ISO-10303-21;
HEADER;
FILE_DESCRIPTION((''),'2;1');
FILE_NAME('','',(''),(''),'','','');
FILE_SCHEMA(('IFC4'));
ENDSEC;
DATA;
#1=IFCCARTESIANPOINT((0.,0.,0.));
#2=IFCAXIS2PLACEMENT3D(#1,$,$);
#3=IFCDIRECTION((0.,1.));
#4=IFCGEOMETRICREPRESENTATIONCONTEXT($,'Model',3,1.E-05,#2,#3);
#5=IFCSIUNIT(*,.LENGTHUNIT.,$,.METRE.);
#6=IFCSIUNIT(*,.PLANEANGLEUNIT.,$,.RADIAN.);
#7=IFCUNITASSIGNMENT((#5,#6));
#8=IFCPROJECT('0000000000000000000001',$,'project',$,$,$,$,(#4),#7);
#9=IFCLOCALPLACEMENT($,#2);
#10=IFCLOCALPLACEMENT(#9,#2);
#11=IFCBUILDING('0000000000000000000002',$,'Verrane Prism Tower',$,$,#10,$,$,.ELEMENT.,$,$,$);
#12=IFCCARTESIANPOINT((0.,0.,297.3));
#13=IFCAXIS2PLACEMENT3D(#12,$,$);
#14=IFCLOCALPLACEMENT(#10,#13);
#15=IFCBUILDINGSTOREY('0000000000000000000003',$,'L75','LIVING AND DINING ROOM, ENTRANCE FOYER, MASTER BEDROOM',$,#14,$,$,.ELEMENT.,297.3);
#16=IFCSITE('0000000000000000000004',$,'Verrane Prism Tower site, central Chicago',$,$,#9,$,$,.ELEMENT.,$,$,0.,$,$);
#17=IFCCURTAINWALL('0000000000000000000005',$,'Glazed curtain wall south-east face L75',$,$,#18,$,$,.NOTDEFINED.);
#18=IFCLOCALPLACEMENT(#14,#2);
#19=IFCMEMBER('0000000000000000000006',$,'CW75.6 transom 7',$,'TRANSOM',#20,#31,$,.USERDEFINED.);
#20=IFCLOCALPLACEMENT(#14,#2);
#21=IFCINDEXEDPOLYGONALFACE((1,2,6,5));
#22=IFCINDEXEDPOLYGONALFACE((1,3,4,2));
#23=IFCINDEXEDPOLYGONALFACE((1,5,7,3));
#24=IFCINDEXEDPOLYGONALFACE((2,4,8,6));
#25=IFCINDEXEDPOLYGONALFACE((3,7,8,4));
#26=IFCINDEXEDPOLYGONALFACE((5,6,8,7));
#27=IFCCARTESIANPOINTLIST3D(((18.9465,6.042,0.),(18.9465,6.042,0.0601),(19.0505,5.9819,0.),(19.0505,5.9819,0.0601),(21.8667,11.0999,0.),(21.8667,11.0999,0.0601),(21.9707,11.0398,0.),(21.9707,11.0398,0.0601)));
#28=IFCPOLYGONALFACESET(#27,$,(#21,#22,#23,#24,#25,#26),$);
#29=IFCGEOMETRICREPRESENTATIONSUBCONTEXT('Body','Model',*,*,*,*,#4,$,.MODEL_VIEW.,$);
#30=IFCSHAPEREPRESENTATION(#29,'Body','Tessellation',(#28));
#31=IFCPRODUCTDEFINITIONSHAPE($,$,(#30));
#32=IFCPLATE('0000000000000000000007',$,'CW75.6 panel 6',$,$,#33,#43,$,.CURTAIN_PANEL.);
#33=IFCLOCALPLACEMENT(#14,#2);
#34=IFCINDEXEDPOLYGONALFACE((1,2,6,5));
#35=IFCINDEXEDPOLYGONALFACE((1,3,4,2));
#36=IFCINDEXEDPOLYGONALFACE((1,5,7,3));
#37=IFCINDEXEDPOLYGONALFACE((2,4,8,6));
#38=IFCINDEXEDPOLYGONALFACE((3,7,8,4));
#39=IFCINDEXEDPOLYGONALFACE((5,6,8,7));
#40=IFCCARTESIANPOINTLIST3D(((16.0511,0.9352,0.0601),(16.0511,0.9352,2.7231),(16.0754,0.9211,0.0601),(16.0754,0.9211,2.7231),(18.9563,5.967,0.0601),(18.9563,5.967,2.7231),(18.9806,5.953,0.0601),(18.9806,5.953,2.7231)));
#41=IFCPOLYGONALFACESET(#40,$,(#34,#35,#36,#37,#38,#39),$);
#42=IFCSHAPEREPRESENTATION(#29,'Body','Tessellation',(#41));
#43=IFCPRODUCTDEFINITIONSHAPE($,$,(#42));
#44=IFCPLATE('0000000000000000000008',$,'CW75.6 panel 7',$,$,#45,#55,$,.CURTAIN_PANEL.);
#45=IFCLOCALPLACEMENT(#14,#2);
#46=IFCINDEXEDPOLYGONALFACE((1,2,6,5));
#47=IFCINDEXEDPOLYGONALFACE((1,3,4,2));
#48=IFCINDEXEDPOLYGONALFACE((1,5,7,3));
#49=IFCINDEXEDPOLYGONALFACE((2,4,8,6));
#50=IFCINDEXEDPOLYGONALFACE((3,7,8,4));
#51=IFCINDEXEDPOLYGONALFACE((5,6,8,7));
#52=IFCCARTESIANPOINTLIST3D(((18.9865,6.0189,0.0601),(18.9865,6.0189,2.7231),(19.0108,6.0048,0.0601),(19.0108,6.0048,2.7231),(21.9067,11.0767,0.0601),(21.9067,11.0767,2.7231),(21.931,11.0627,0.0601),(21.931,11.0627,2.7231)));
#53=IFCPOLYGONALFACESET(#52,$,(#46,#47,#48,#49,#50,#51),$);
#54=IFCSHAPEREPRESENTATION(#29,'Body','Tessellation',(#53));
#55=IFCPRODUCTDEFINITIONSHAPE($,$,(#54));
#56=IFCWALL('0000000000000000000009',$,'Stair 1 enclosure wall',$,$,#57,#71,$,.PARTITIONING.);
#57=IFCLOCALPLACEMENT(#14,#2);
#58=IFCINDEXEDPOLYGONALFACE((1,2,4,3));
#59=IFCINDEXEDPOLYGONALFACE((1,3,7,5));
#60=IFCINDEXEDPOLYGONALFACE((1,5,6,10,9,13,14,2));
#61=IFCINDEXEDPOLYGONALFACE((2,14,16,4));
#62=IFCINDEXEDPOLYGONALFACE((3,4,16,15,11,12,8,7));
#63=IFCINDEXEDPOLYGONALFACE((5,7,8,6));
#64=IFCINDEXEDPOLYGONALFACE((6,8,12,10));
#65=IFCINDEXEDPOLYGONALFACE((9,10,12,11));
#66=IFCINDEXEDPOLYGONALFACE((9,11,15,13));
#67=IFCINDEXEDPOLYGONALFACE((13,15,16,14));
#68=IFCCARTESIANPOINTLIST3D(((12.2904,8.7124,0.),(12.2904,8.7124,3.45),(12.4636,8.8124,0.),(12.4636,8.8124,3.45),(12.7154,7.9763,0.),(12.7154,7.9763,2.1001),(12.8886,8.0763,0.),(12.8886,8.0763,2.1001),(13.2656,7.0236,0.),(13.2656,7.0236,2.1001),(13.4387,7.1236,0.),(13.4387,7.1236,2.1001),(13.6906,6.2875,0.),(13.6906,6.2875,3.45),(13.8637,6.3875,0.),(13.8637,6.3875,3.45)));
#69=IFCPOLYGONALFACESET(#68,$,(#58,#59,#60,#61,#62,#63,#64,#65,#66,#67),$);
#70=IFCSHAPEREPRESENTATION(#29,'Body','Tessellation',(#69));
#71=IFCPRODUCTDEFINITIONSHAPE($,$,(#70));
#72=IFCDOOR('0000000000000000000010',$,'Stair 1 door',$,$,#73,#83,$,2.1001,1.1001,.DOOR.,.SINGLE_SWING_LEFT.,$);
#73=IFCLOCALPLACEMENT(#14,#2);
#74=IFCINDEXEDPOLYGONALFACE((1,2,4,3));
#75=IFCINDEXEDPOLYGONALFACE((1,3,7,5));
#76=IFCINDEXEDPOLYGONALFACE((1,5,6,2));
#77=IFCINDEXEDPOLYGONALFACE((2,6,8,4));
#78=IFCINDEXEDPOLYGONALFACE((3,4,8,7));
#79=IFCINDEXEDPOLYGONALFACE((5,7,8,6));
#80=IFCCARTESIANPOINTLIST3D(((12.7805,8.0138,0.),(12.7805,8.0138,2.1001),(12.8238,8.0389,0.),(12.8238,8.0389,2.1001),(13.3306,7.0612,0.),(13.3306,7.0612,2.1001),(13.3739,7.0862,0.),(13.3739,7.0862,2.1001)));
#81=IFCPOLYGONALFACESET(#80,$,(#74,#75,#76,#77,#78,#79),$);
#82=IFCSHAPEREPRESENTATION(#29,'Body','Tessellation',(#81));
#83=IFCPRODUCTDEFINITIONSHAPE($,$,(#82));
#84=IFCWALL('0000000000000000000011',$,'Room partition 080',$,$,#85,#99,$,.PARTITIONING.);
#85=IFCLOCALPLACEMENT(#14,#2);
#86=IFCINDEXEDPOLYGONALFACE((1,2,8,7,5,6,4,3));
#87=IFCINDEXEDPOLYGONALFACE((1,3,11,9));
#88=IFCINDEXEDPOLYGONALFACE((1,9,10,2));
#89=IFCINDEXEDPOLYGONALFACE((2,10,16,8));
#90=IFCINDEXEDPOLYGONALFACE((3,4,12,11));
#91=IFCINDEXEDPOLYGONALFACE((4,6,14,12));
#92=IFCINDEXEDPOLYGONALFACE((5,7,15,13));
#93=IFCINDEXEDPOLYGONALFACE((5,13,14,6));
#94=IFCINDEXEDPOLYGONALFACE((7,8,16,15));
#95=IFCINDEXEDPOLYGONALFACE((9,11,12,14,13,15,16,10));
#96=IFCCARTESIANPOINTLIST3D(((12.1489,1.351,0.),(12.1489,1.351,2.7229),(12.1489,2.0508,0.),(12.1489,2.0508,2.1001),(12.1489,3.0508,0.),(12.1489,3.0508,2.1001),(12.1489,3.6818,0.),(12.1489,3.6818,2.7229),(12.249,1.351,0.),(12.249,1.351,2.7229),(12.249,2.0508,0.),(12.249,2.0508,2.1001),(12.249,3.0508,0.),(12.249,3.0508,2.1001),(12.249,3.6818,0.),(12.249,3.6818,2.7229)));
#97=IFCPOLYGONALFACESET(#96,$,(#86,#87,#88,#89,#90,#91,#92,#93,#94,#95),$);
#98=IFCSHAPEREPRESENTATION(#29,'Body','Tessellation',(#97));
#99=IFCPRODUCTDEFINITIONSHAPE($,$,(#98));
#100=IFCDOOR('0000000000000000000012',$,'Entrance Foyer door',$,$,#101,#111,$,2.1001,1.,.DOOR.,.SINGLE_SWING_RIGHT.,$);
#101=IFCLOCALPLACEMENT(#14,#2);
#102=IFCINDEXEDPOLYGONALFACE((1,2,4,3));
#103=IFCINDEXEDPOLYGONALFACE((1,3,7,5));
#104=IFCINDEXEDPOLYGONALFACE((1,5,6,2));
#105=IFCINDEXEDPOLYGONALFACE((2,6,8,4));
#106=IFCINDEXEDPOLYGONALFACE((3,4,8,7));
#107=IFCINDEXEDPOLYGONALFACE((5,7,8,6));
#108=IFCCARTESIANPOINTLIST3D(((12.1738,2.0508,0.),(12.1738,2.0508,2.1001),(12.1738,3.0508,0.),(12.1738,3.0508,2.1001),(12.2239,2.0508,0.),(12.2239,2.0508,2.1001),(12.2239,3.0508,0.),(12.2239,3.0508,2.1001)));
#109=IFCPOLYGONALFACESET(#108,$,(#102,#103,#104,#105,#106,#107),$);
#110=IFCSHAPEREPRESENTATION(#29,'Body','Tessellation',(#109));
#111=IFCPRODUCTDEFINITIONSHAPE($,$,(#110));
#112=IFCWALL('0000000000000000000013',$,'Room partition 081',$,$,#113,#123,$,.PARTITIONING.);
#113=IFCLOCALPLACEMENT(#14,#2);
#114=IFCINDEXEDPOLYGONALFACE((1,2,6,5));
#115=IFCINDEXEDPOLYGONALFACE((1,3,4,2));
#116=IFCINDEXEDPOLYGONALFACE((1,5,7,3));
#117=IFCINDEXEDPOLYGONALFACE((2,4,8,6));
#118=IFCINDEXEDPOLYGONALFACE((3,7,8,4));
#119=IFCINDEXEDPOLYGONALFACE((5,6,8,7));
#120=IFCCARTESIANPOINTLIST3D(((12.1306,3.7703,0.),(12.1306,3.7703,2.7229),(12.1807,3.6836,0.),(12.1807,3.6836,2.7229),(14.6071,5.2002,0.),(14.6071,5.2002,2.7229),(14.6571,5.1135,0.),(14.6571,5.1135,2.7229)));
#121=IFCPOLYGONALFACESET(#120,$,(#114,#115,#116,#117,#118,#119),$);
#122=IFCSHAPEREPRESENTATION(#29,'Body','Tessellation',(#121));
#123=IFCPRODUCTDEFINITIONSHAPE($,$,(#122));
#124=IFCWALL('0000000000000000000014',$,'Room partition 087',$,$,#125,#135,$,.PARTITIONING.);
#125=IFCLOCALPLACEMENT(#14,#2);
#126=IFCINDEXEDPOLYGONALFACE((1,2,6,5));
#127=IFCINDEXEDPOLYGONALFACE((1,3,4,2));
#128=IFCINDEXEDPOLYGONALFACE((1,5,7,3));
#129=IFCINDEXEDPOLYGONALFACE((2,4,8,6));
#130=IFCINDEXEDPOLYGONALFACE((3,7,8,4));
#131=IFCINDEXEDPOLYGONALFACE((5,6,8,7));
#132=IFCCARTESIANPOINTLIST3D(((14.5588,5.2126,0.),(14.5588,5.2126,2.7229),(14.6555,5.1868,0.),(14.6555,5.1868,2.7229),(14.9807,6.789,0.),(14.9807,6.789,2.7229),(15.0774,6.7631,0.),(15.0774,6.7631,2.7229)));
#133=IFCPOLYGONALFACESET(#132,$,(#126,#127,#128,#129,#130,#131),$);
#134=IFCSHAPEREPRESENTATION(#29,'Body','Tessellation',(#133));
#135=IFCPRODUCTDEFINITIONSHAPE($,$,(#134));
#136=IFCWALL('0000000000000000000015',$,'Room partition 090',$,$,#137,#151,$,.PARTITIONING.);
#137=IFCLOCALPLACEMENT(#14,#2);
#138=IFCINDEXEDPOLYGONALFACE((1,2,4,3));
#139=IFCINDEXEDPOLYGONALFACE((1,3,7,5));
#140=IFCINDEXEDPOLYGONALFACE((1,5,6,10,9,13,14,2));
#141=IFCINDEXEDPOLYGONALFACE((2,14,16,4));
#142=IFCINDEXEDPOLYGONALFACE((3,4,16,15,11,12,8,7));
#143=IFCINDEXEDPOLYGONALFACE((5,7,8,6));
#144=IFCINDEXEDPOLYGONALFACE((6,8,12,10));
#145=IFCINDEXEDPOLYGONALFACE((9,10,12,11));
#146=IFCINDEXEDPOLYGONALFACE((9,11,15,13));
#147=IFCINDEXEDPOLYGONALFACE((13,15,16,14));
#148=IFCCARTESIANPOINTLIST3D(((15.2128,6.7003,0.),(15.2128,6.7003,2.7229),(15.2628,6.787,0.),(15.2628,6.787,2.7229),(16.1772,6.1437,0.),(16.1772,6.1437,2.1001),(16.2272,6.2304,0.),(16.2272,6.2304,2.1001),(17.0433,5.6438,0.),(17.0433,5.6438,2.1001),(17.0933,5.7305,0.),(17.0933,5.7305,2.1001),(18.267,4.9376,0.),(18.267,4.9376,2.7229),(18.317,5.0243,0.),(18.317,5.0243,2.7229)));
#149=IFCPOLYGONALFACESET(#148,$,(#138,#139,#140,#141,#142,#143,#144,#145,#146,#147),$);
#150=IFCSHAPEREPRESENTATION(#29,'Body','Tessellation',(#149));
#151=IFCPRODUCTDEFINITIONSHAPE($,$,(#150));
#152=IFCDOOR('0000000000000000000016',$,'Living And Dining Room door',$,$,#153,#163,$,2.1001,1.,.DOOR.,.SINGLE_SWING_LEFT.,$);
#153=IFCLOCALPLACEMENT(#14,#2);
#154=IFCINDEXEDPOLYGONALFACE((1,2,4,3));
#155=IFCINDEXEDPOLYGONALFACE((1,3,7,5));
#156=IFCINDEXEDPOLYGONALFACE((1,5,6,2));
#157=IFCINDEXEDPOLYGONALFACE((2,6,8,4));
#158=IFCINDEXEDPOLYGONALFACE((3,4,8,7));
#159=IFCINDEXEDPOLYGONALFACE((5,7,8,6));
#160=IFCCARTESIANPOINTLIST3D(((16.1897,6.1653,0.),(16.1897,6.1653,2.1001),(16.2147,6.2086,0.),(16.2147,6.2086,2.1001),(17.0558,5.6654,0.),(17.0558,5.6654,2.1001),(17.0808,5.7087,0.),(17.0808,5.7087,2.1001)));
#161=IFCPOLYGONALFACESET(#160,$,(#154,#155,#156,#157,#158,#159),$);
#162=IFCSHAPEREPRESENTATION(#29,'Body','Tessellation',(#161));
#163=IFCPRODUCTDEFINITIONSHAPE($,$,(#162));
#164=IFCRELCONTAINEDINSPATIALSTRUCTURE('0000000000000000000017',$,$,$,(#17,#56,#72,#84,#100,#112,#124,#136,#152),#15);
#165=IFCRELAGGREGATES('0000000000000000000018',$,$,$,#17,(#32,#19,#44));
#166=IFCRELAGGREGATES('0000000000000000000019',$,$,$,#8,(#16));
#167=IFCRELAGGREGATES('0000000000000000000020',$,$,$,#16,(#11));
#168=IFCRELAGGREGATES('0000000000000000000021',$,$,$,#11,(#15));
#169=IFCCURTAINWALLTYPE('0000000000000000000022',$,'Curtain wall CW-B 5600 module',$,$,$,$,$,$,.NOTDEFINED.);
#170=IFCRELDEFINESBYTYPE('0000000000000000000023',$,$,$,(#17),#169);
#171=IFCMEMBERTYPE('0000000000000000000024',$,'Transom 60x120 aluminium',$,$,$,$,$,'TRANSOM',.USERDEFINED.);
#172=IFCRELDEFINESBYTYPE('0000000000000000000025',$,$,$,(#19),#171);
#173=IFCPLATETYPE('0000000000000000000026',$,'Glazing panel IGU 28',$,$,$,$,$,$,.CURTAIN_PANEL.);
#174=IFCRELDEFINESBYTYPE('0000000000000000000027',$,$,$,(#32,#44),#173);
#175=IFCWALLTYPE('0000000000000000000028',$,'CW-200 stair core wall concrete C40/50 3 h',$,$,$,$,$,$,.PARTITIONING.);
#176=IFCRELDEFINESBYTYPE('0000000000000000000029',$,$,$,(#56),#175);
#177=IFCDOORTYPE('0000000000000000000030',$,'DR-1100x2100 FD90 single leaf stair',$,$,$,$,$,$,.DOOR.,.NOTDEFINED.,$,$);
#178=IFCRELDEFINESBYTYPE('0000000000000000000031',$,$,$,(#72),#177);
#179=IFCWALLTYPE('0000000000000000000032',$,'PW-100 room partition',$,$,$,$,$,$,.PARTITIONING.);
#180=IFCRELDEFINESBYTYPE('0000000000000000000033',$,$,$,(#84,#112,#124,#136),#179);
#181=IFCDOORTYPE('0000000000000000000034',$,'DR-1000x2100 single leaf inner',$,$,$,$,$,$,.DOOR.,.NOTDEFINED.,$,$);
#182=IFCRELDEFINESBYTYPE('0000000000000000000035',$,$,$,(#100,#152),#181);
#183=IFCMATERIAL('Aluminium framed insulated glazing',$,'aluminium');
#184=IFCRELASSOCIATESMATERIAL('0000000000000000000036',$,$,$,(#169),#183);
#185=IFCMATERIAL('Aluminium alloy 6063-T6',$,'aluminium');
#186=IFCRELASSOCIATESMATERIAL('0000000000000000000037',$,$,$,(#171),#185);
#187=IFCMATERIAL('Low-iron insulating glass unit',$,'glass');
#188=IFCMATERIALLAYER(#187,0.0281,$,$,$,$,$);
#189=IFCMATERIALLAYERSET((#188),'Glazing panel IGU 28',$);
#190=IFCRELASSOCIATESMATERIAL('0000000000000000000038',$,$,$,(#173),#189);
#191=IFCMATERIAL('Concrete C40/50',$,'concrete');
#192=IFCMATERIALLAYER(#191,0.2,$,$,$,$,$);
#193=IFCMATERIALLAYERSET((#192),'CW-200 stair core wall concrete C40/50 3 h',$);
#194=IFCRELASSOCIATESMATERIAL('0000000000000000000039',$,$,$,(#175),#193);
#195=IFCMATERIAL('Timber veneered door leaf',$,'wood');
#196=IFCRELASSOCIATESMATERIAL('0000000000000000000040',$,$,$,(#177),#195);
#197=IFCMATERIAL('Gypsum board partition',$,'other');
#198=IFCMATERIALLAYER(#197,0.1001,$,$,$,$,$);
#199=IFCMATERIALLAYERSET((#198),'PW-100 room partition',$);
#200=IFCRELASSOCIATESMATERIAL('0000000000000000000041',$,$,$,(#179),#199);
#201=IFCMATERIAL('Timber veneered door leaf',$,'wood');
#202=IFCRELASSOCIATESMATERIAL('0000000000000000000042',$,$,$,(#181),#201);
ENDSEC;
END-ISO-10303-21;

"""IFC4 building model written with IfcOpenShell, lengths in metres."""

from ifc_helpers import new_model, si_unit, direction, frame, frame_2d, origin, origin_2d, place, context, subcontext, project, spatial, rectangle, extrude, material, layer, layer_set, material_profile, profile_set, type_object, element, fill, aggregate, save


model = new_model("IFC4")

# Units and contexts
model_context = context("Model", 3, precision=1e-05, world=origin(), true_north=direction((0.0, 1.0)))
body_context = subcontext(model_context, "Body", "Model", "MODEL_VIEW")
ifc_project = project(units=[si_unit("LENGTHUNIT", "METRE"), si_unit("PLANEANGLEUNIT", "RADIAN")], contexts=[model_context])

# Site, building, storey
site_placement = place(None, origin())
site = spatial("IfcSite", under=ifc_project, at=site_placement, Name="Verrane Prism Tower site, central Chicago", CompositionType="ELEMENT", RefElevation=0.0)
building_placement = place(site_placement, origin())
building = spatial("IfcBuilding", under=site, at=building_placement, Name="Verrane Prism Tower", CompositionType="ELEMENT")
storey_placement = place(building_placement, frame((0.0, 0.0, 297.3)))
storey = spatial("IfcBuildingStorey", under=building, at=storey_placement, Name="L75", Description="LIVING AND DINING ROOM, ENTRANCE FOYER, MASTER BEDROOM", CompositionType="ELEMENT", Elevation=297.3)

# Curtain wall
ifc_material_1 = material(Name="Aluminium framed insulated glazing", Category="aluminium")
curtain_wall_type = type_object("IfcCurtainWallType", Name="Curtain wall CW-B 5600 module", PredefinedType="NOTDEFINED", material=ifc_material_1)
curtain_wall_placement = place(storey_placement, origin())
curtain_wall = element("IfcCurtainWall", 1, at=curtain_wall_placement, inside=storey, type_object=curtain_wall_type, Name="Glazed curtain wall south-east face L75", PredefinedType="NOTDEFINED")

# Member
ifc_material_2 = material(Name="Aluminium alloy 6063-T6", Category="aluminium")
ifc_material_profile_1 = material_profile(ifc_material_2, rectangle(XDim=0.1201, YDim=0.0601, at=origin_2d()), Name="Transom 60x120 aluminium")
ifc_profile_set_1 = profile_set([ifc_material_profile_1], Name="Aluminium alloy 6063-T6")
member_type_1 = type_object("IfcMemberType", Name="Transom 60x120 aluminium", ElementType="TRANSOM", PredefinedType="USERDEFINED", material=ifc_profile_set_1)
member_1_placement = place(storey_placement, frame((18.9985, 6.012, 0.03), z_axis=(0.500001, 0.866025, 0.0), x_axis=(-0.866025, 0.500001, 0.0)))
member_1 = element("IfcMember", 2, at=member_1_placement, type_object=member_type_1, Name="CW75.6 transom 7", ObjectType="TRANSOM", PredefinedType="USERDEFINED", context=body_context, shape_type="SweptSolid", body=[
    extrude(rectangle(XDim=0.1201, YDim=0.0601, at=origin_2d()), origin(), (0.0, 0.0, 1.0), 5.8403),
])

# Plates
ifc_material_3 = material(Name="Low-iron insulating glass unit", Category="glass")
ifc_layer_1 = layer(ifc_material_3, 0.0281)
ifc_layer_set_1 = layer_set([ifc_layer_1], Name="Glazing panel IGU 28")
plate_type = type_object("IfcPlateType", Name="Glazing panel IGU 28", PredefinedType="CURTAIN_PANEL", material=ifc_layer_set_1)
plate_1_placement = place(storey_placement, frame((17.5159, 3.4441, 0.0601), z_axis=(0.0, 0.0, 1.0), x_axis=(0.500001, 0.866025, 0.0)))
plate_1 = element("IfcPlate", 3, at=plate_1_placement, type_object=plate_type, Name="CW75.6 panel 6", PredefinedType="CURTAIN_PANEL", context=body_context, shape_type="SweptSolid", body=[
    extrude(rectangle(XDim=5.8103, YDim=0.0281, at=origin_2d()), origin(), (0.0, 0.0, 1.0), 2.6631),
])
plate_2_placement = place(storey_placement, frame((20.4587, 8.5408, 0.0601), z_axis=(0.0, 0.0, 1.0), x_axis=(0.500001, 0.866025, 0.0)))
plate_2 = element("IfcPlate", 4, at=plate_2_placement, type_object=plate_type, Name="CW75.6 panel 7", PredefinedType="CURTAIN_PANEL", context=body_context, shape_type="SweptSolid", body=[
    extrude(rectangle(XDim=5.8403, YDim=0.0281, at=origin_2d()), origin(), (0.0, 0.0, 1.0), 2.6631),
])
aggregate(curtain_wall, [plate_1, member_1, plate_2])

# Walls, openings, doors
ifc_material_4 = material(Name="Concrete C40/50", Category="concrete")
ifc_layer_2 = layer(ifc_material_4, 0.2)
ifc_layer_set_2 = layer_set([ifc_layer_2], Name="CW-200 stair core wall concrete C40/50 3 h")
wall_type_1 = type_object("IfcWallType", Name="CW-200 stair core wall concrete C40/50 3 h", PredefinedType="PARTITIONING", material=ifc_layer_set_2)
wall_1_placement = place(storey_placement, frame((13.7771, 6.3376, 0.0), z_axis=(0.0, 0.0, 1.0), x_axis=(-0.50005, 0.865997, 0.0)))
wall_1 = element("IfcWall", 5, at=wall_1_placement, inside=storey, type_object=wall_type_1, Name="Stair 1 enclosure wall", PredefinedType="PARTITIONING", context=body_context, shape_type="SweptSolid", body=[
    extrude(rectangle(XDim=2.8, YDim=0.2, at=frame_2d((1.3999, 0.0))), origin(), (0.0, 0.0, 1.0), 3.45),
])
opening_1_placement = place(wall_1_placement, frame((0.8499, 0.0, 0.0)))
opening_1 = element("IfcOpeningElement", 6, at=opening_1_placement, cuts=wall_1, PredefinedType="OPENING", context=body_context, shape_type="SweptSolid", body=[
    extrude(rectangle(XDim=1.1001, YDim=2.1001, at=frame_2d((0.55, 1.05))), frame((0.0, 0.1099, 0.0), z_axis=(0.0, -1.0, 0.0), x_axis=(1.0, 0.0, 0.0)), (0.0, 0.0, 1.0), 0.22),
])
ifc_material_5 = material(Name="Timber veneered door leaf", Category="wood")
door_type_1 = type_object("IfcDoorType", Name="DR-1100x2100 FD90 single leaf stair", OperationType="NOTDEFINED", PredefinedType="DOOR", material=ifc_material_5)
door_1_placement = place(opening_1_placement, origin())
door_1 = element("IfcDoor", 7, at=door_1_placement, inside=storey, type_object=door_type_1, Name="Stair 1 door", OperationType="SINGLE_SWING_LEFT", OverallHeight=2.1001, OverallWidth=1.1001, PredefinedType="DOOR", context=body_context, shape_type="SweptSolid", body=[
    extrude(rectangle(XDim=1.1001, YDim=2.1001, at=frame_2d((0.55, 1.05))), frame((0.0, 0.0249, 0.0), z_axis=(0.0, -1.0, 0.0), x_axis=(1.0, 0.0, 0.0)), (0.0, 0.0, 1.0), 0.05),
])
fill(opening_1, door_1)
ifc_material_6 = material(Name="Gypsum board partition", Category="other")
ifc_layer_3 = layer(ifc_material_6, 0.1001)
ifc_layer_set_3 = layer_set([ifc_layer_3], Name="PW-100 room partition")
wall_type_2 = type_object("IfcWallType", Name="PW-100 room partition", PredefinedType="PARTITIONING", material=ifc_layer_set_3)
wall_2_placement = place(storey_placement, frame((12.199, 3.6819, 0.0), z_axis=(0.0, 0.0, 1.0), x_axis=(0.0, -1.0, 0.0)))
wall_2 = element("IfcWall", 8, at=wall_2_placement, inside=storey, type_object=wall_type_2, Name="Room partition 080", PredefinedType="PARTITIONING", context=body_context, shape_type="SweptSolid", body=[
    extrude(rectangle(XDim=2.3308, YDim=0.1001, at=frame_2d((1.1655, 0.0))), origin(), (0.0, 0.0, 1.0), 2.7229),
])
opening_2_placement = place(wall_2_placement, frame((0.6311, 0.0, 0.0)))
opening_2 = element("IfcOpeningElement", 9, at=opening_2_placement, cuts=wall_2, PredefinedType="OPENING", context=body_context, shape_type="SweptSolid", body=[
    extrude(rectangle(XDim=1.0, YDim=2.1001, at=frame_2d((0.5, 1.05))), frame((0.0, 0.0601, 0.0), z_axis=(0.0, -1.0, 0.0), x_axis=(1.0, 0.0, 0.0)), (0.0, 0.0, 1.0), 0.1201),
])
ifc_material_7 = material(Name="Timber veneered door leaf", Category="wood")
door_type_2 = type_object("IfcDoorType", Name="DR-1000x2100 single leaf inner", OperationType="NOTDEFINED", PredefinedType="DOOR", material=ifc_material_7)
door_2_placement = place(opening_2_placement, origin())
door_2 = element("IfcDoor", 10, at=door_2_placement, inside=storey, type_object=door_type_2, Name="Entrance Foyer door", OperationType="SINGLE_SWING_RIGHT", OverallHeight=2.1001, OverallWidth=1.0, PredefinedType="DOOR", context=body_context, shape_type="SweptSolid", body=[
    extrude(rectangle(XDim=1.0, YDim=2.1001, at=frame_2d((0.5, 1.05))), frame((0.0, 0.0249, 0.0), z_axis=(0.0, -1.0, 0.0), x_axis=(1.0, 0.0, 0.0)), (0.0, 0.0, 1.0), 0.05),
])
fill(opening_2, door_2)

# Walls
wall_3_placement = place(storey_placement, frame((12.1558, 3.7271, 0.0), z_axis=(0.0, 0.0, 1.0), x_axis=(0.866012, 0.500023, 0.0)))
element("IfcWall", 11, at=wall_3_placement, inside=storey, type_object=wall_type_2, Name="Room partition 081", PredefinedType="PARTITIONING", context=body_context, shape_type="SweptSolid", body=[
    extrude(rectangle(XDim=2.8596, YDim=0.1001, at=frame_2d((1.4297, 0.0))), origin(), (0.0, 0.0, 1.0), 2.7229),
])
wall_4_placement = place(storey_placement, frame((14.6072, 5.1997, 0.0), z_axis=(0.0, 0.0, 1.0), x_axis=(0.258519, 0.966006, 0.0)))
element("IfcWall", 12, at=wall_4_placement, inside=storey, type_object=wall_type_2, Name="Room partition 087", PredefinedType="PARTITIONING", context=body_context, shape_type="SweptSolid", body=[
    extrude(rectangle(XDim=1.6318, YDim=0.1001, at=frame_2d((0.8159, 0.0))), origin(), (0.0, 0.0, 1.0), 2.7229),
])

# Wall, opening, door
wall_5_placement = place(storey_placement, frame((15.2378, 6.7437, 0.0), z_axis=(0.0, 0.0, 1.0), x_axis=(0.866105, -0.499862, 0.0)))
wall_5 = element("IfcWall", 13, at=wall_5_placement, inside=storey, type_object=wall_type_2, Name="Room partition 090", PredefinedType="PARTITIONING", context=body_context, shape_type="SweptSolid", body=[
    extrude(rectangle(XDim=3.5264, YDim=0.1001, at=frame_2d((1.7632, 0.0))), origin(), (0.0, 0.0, 1.0), 2.7229),
])
opening_3_placement = place(wall_5_placement, frame((1.1135, 0.0, 0.0)))
opening_3 = element("IfcOpeningElement", 14, at=opening_3_placement, cuts=wall_5, PredefinedType="OPENING", context=body_context, shape_type="SweptSolid", body=[
    extrude(rectangle(XDim=1.0, YDim=2.1001, at=frame_2d((0.5, 1.05))), frame((0.0, 0.0601, 0.0), z_axis=(0.0, -1.0, 0.0), x_axis=(1.0, 0.0, 0.0)), (0.0, 0.0, 1.0), 0.1201),
])
door_3_placement = place(opening_3_placement, origin())
door_3 = element("IfcDoor", 15, at=door_3_placement, inside=storey, type_object=door_type_2, Name="Living And Dining Room door", OperationType="SINGLE_SWING_LEFT", OverallHeight=2.1001, OverallWidth=1.0, PredefinedType="DOOR", context=body_context, shape_type="SweptSolid", body=[
    extrude(rectangle(XDim=1.0, YDim=2.1001, at=frame_2d((0.5, 1.05))), frame((0.0, 0.0249, 0.0), z_axis=(0.0, -1.0, 0.0), x_axis=(1.0, 0.0, 0.0)), (0.0, 0.0, 1.0), 0.05),
])
fill(opening_3, door_3)

save(model, "model.ifc")
